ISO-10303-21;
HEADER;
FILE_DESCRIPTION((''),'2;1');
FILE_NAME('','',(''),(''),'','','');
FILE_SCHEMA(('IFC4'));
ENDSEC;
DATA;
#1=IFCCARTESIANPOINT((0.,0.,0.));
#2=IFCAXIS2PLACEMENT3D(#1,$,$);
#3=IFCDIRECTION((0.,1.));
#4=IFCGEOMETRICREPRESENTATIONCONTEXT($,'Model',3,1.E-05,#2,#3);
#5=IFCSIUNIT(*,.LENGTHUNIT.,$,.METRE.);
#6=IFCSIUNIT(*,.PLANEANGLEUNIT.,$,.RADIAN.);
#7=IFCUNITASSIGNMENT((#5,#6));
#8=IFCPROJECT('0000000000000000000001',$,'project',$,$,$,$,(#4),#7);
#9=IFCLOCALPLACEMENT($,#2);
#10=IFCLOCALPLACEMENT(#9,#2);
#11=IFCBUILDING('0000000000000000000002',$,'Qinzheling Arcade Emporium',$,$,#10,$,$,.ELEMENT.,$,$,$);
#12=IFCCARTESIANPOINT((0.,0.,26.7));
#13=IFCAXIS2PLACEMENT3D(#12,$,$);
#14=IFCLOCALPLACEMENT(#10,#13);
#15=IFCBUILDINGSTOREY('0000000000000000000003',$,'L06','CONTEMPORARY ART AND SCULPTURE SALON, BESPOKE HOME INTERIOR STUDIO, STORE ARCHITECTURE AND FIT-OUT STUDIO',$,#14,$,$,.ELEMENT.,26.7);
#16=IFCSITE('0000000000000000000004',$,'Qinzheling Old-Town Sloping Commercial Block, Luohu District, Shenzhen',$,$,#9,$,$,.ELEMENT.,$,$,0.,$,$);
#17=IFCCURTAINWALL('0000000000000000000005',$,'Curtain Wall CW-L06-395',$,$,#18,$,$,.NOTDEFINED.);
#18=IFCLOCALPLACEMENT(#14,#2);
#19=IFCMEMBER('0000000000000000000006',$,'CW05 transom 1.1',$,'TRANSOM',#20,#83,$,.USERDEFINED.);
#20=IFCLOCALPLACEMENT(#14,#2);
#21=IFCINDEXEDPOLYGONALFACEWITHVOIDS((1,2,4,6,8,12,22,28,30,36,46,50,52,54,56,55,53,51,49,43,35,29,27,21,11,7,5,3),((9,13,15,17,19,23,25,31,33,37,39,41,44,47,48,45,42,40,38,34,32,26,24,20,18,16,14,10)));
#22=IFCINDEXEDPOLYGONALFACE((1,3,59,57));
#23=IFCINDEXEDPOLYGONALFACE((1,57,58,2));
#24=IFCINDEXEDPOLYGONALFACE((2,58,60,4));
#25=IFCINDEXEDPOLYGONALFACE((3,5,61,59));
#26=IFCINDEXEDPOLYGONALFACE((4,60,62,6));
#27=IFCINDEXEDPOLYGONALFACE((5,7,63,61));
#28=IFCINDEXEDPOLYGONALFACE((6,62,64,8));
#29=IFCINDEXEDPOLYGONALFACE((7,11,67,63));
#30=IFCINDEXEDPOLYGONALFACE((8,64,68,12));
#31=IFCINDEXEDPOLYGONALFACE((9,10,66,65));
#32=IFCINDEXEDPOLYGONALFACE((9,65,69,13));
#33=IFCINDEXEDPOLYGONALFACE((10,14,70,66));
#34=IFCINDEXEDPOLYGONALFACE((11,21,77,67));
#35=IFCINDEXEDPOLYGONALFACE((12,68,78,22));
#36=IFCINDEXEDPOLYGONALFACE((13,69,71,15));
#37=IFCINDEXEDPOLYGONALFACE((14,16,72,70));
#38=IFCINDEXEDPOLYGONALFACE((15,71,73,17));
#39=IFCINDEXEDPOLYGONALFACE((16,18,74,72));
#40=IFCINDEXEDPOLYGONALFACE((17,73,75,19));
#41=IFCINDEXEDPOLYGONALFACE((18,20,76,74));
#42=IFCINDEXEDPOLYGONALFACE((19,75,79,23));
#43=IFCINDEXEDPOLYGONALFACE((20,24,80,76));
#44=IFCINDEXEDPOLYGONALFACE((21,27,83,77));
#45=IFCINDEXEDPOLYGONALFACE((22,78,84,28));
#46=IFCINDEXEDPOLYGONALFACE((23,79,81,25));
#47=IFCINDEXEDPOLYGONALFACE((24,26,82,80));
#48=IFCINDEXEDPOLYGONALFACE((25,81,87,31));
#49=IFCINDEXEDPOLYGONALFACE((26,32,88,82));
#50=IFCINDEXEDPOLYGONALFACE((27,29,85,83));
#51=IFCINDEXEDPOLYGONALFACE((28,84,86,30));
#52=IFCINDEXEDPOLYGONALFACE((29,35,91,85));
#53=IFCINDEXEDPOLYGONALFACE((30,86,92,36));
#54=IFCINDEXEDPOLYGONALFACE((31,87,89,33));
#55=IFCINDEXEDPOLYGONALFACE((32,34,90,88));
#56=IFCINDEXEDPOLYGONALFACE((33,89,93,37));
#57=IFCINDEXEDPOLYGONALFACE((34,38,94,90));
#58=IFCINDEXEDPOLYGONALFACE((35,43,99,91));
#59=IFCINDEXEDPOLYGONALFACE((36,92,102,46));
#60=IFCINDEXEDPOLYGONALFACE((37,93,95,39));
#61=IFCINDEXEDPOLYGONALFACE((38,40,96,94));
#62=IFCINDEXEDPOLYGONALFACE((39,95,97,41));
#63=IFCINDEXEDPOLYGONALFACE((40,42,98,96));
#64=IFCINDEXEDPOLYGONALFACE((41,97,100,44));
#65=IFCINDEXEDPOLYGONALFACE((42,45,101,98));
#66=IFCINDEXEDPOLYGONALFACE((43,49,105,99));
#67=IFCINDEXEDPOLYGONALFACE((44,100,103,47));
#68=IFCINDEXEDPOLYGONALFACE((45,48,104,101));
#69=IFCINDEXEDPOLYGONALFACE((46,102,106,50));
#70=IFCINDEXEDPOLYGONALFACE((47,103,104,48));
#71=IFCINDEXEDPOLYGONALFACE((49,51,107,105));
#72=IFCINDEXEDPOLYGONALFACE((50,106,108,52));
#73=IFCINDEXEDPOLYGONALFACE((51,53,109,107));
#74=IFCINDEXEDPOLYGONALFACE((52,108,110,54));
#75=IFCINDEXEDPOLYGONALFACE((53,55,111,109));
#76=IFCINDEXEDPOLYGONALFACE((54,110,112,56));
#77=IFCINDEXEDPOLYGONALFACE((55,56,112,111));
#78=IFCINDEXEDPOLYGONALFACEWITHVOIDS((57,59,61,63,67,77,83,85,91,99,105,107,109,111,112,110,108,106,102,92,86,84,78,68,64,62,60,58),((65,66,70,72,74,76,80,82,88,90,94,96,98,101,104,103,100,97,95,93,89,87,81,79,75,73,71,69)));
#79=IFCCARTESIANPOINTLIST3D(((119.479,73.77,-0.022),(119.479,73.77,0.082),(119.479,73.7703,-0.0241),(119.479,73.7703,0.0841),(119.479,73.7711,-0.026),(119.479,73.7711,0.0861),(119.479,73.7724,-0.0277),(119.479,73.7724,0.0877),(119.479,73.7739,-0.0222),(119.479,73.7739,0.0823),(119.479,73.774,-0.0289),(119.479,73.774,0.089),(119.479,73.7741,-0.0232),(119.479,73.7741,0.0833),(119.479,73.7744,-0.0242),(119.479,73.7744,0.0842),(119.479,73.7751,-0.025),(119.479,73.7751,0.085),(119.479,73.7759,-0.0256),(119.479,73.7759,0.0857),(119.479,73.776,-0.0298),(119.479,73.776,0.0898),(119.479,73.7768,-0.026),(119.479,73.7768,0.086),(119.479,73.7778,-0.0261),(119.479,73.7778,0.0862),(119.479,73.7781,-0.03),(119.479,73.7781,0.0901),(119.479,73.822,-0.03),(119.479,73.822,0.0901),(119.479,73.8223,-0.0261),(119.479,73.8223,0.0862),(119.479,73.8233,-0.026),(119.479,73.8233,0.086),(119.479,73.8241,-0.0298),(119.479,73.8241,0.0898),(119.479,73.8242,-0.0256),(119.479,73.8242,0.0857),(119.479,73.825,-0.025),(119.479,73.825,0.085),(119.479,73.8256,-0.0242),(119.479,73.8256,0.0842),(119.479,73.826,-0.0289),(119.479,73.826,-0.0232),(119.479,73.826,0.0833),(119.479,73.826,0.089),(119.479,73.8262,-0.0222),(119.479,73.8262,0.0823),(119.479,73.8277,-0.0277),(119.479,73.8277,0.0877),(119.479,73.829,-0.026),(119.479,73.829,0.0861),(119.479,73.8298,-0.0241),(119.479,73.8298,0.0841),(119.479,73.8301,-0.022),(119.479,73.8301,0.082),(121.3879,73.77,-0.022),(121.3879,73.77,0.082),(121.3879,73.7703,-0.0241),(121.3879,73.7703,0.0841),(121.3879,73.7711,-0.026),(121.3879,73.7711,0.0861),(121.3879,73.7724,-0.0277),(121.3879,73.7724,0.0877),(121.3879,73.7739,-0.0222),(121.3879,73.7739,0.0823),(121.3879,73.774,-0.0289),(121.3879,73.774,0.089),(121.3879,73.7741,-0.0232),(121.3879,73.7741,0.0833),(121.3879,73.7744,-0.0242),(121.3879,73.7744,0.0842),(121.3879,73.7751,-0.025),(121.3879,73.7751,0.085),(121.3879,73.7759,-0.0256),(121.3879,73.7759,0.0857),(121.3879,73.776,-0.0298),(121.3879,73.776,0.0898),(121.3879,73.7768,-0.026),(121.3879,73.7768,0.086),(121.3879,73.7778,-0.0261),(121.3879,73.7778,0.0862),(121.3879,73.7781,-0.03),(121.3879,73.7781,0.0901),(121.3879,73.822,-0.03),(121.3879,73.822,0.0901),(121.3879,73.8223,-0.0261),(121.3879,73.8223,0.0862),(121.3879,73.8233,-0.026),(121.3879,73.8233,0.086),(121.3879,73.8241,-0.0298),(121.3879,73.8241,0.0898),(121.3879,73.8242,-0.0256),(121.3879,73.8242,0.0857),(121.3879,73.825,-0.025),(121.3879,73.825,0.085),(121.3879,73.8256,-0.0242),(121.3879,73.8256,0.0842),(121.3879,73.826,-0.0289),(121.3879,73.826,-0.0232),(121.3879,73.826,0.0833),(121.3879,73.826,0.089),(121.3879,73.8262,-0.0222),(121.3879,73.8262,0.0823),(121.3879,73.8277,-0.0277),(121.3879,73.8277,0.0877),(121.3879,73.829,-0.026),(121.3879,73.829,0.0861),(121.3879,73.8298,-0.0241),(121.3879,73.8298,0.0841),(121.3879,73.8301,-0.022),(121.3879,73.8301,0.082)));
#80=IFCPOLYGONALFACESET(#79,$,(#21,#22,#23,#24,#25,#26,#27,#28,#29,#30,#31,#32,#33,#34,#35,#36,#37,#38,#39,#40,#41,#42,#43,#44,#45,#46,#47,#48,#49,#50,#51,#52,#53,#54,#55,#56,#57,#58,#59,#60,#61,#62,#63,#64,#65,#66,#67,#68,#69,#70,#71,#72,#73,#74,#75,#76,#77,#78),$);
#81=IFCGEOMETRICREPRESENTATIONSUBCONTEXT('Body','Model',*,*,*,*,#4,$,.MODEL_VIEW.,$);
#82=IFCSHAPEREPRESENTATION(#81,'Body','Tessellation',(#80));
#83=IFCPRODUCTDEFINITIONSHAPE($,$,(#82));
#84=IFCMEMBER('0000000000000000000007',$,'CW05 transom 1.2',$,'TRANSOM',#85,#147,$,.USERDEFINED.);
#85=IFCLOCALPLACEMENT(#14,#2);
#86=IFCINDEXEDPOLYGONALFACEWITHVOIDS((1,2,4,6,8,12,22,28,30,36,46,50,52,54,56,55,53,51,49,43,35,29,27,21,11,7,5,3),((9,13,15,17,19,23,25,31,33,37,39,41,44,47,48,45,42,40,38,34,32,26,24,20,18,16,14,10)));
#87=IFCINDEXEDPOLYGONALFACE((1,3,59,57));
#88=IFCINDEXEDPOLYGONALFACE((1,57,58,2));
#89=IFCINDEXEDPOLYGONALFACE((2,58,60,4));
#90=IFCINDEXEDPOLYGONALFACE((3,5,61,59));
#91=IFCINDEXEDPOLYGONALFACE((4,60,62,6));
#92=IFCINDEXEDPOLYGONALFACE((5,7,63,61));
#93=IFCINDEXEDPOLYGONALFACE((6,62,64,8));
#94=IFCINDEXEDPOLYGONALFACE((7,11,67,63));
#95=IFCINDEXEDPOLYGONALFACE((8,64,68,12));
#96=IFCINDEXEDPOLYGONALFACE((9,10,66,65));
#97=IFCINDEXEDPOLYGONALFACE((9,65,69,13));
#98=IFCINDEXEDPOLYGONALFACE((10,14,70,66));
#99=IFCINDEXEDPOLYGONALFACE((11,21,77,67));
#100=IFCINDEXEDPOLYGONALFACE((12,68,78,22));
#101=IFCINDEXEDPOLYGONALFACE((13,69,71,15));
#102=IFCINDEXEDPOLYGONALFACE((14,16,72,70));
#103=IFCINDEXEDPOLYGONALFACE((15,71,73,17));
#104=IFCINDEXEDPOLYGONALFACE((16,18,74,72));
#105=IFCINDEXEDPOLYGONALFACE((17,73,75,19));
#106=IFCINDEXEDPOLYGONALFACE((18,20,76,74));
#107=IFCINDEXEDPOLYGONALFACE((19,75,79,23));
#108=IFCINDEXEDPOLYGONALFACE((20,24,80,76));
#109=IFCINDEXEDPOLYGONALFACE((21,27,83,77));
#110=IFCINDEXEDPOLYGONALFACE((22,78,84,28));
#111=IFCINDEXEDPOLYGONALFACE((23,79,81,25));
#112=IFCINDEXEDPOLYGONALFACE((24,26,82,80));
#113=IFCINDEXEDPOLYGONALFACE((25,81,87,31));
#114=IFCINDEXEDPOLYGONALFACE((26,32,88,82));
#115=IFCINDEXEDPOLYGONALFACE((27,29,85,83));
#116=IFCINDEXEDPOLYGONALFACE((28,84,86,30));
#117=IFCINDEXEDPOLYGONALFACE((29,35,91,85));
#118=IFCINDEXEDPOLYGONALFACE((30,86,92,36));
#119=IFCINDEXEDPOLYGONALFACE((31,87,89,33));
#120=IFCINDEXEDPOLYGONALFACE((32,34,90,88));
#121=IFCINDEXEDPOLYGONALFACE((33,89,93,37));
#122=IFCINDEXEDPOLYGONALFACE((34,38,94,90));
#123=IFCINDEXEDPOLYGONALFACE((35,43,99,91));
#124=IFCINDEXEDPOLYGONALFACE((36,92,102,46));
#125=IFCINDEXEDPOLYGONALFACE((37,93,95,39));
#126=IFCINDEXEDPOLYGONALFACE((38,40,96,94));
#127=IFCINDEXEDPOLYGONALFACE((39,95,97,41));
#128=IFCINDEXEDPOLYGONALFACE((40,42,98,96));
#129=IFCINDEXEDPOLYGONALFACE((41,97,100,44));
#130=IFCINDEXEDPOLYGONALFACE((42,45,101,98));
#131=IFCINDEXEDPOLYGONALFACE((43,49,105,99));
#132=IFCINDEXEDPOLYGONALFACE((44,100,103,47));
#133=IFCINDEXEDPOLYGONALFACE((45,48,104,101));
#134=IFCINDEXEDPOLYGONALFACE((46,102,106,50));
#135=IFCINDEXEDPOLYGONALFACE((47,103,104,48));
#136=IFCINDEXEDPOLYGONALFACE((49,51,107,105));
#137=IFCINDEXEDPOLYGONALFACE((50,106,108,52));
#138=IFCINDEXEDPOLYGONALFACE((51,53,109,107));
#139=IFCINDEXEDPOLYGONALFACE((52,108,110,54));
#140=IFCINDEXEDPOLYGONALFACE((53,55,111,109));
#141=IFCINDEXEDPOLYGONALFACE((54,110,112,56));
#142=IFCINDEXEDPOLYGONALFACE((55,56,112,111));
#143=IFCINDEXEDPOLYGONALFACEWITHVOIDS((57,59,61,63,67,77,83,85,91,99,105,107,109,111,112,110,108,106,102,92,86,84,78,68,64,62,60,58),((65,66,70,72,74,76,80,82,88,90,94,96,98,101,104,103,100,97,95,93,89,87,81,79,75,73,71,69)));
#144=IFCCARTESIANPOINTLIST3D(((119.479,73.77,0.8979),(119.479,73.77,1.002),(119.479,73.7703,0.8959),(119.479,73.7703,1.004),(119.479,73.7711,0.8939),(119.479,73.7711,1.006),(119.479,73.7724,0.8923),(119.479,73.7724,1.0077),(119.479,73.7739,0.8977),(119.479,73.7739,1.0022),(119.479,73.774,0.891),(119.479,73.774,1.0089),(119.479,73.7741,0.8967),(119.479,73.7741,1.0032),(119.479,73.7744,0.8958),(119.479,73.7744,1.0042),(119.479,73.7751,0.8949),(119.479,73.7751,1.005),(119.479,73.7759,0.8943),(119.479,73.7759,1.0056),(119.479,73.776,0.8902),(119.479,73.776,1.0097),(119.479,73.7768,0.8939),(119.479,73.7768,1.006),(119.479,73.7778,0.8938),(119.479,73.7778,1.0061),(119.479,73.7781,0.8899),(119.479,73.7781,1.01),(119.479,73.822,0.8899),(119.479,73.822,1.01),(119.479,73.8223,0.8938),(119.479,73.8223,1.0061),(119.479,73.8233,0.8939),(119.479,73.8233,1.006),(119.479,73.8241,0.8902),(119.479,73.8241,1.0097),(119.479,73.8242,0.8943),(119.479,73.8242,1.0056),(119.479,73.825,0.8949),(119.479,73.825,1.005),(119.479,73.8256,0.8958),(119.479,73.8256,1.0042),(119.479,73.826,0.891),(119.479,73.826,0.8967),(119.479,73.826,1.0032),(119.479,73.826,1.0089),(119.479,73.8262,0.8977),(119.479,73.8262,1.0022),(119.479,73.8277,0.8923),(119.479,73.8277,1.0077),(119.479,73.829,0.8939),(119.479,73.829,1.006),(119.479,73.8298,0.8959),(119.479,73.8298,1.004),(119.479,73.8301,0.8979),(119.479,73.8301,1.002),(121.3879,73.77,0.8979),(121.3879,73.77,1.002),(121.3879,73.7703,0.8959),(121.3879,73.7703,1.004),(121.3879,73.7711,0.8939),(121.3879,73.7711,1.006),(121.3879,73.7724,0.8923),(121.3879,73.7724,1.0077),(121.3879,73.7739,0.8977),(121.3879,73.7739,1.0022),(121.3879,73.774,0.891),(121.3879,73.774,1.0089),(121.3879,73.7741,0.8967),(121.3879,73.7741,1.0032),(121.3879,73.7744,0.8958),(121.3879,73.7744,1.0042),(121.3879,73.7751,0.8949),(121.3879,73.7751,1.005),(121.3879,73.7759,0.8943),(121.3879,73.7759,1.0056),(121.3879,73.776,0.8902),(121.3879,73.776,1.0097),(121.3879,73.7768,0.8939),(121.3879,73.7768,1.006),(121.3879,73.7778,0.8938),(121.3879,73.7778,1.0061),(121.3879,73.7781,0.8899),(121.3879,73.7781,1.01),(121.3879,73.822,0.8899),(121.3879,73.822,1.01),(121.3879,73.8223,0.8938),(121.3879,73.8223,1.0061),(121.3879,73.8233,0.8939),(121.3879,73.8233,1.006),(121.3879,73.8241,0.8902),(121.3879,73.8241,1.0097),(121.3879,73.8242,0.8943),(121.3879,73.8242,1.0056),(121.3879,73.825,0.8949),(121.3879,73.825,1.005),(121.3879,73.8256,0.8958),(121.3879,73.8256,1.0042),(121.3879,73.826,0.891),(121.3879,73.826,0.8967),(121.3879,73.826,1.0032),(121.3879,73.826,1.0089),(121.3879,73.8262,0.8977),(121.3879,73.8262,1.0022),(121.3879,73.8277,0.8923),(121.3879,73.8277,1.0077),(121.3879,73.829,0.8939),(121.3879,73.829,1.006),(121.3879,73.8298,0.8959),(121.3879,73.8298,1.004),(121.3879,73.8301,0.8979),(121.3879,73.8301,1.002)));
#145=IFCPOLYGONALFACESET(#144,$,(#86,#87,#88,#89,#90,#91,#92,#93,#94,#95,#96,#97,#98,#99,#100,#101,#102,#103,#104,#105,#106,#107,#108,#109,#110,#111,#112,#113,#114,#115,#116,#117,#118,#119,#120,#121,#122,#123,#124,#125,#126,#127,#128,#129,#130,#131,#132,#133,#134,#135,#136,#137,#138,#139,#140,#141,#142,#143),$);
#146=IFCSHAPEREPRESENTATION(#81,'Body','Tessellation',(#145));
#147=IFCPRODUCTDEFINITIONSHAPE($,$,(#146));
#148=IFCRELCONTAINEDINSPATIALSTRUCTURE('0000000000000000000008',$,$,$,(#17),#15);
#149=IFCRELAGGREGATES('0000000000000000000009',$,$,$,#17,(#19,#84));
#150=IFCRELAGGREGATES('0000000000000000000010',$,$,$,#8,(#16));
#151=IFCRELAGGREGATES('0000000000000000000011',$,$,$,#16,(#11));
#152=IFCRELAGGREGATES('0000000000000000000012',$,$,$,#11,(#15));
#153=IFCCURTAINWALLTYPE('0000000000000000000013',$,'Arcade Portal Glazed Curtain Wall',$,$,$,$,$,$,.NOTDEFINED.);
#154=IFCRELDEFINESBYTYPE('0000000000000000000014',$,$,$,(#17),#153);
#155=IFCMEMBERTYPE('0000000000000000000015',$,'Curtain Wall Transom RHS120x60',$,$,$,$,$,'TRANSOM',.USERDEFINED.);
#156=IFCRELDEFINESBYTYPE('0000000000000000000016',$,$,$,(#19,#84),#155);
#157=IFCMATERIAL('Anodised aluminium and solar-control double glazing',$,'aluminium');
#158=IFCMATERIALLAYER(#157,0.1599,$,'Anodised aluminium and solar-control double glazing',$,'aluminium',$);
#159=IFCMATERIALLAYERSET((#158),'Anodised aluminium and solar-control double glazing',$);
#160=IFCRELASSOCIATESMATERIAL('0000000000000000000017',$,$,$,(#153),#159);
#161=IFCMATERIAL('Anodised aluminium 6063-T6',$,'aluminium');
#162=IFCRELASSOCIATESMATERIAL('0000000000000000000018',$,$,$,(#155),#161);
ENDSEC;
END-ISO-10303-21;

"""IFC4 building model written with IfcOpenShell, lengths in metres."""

from ifc_helpers import new_model, si_unit, direction, frame, origin, origin_2d, place, context, subcontext, project, spatial, hollow_rectangle, extrude, material, layer, layer_set, material_profile, profile_set, type_object, element, aggregate, save


model = new_model("IFC4")

# Units and contexts
model_context = context("Model", 3, precision=1e-05, world=origin(), true_north=direction((0.0, 1.0)))
body_context = subcontext(model_context, "Body", "Model", "MODEL_VIEW")
ifc_project = project(units=[si_unit("LENGTHUNIT", "METRE"), si_unit("PLANEANGLEUNIT", "RADIAN")], contexts=[model_context])

# Site, building, storey
site_placement = place(None, origin())
site = spatial("IfcSite", under=ifc_project, at=site_placement, Name="Qinzheling Old-Town Sloping Commercial Block, Luohu District, Shenzhen", CompositionType="ELEMENT", RefElevation=0.0)
building_placement = place(site_placement, origin())
building = spatial("IfcBuilding", under=site, at=building_placement, Name="Qinzheling Arcade Emporium", CompositionType="ELEMENT")
storey_placement = place(building_placement, frame((0.0, 0.0, 26.7)))
storey = spatial("IfcBuildingStorey", under=building, at=storey_placement, Name="L06", Description="CONTEMPORARY ART AND SCULPTURE SALON, BESPOKE HOME INTERIOR STUDIO, STORE ARCHITECTURE AND FIT-OUT STUDIO", CompositionType="ELEMENT", Elevation=26.7)

# Curtain wall, members
ifc_material_1 = material(Name="Anodised aluminium and solar-control double glazing", Category="aluminium")
ifc_layer_1 = layer(ifc_material_1, 0.1599, Name="Anodised aluminium and solar-control double glazing", Category="aluminium")
ifc_layer_set_1 = layer_set([ifc_layer_1], Name="Anodised aluminium and solar-control double glazing")
curtain_wall_type = type_object("IfcCurtainWallType", Name="Arcade Portal Glazed Curtain Wall", PredefinedType="NOTDEFINED", material=ifc_layer_set_1)
curtain_wall_placement = place(storey_placement, origin())
curtain_wall = element("IfcCurtainWall", 1, at=curtain_wall_placement, inside=storey, type_object=curtain_wall_type, Name="Curtain Wall CW-L06-395", PredefinedType="NOTDEFINED")
ifc_material_2 = material(Name="Anodised aluminium 6063-T6", Category="aluminium")
ifc_material_profile_1 = material_profile(ifc_material_2, hollow_rectangle(XDim=0.0601, YDim=0.1201, WallThickness=0.0039, InnerFilletRadius=0.0039, OuterFilletRadius=0.0081, at=origin_2d()), Name="RHS 120x60x4", Category="aluminium")
ifc_profile_set_1 = profile_set([ifc_material_profile_1], Name="Anodised aluminium 6063-T6")
member_type_1 = type_object("IfcMemberType", Name="Curtain Wall Transom RHS120x60", ElementType="TRANSOM", PredefinedType="USERDEFINED", material=ifc_profile_set_1)
member_1_placement = place(storey_placement, frame((121.3879, 73.8, 0.03), z_axis=(-1.0, 0.0, 0.0), x_axis=(0.0, -1.0, 0.0)))
member_1 = element("IfcMember", 2, at=member_1_placement, type_object=member_type_1, Name="CW05 transom 1.1", ObjectType="TRANSOM", PredefinedType="USERDEFINED", context=body_context, shape_type="SweptSolid", body=[
    extrude(hollow_rectangle(XDim=0.0601, YDim=0.1201, WallThickness=0.0039, InnerFilletRadius=0.0039, OuterFilletRadius=0.0081, at=origin_2d()), origin(), (0.0, 0.0, 1.0), 1.9089),
])
member_2_placement = place(storey_placement, frame((121.3879, 73.8, 0.95), z_axis=(-1.0, 0.0, 0.0), x_axis=(0.0, -1.0, 0.0)))
member_2 = element("IfcMember", 3, at=member_2_placement, type_object=member_type_1, Name="CW05 transom 1.2", ObjectType="TRANSOM", PredefinedType="USERDEFINED", context=body_context, shape_type="SweptSolid", body=[
    extrude(hollow_rectangle(XDim=0.0601, YDim=0.1201, WallThickness=0.0039, InnerFilletRadius=0.0039, OuterFilletRadius=0.0081, at=origin_2d()), origin(), (0.0, 0.0, 1.0), 1.9089),
])

aggregate(curtain_wall, [member_1, member_2])

save(model, "model.ifc")
